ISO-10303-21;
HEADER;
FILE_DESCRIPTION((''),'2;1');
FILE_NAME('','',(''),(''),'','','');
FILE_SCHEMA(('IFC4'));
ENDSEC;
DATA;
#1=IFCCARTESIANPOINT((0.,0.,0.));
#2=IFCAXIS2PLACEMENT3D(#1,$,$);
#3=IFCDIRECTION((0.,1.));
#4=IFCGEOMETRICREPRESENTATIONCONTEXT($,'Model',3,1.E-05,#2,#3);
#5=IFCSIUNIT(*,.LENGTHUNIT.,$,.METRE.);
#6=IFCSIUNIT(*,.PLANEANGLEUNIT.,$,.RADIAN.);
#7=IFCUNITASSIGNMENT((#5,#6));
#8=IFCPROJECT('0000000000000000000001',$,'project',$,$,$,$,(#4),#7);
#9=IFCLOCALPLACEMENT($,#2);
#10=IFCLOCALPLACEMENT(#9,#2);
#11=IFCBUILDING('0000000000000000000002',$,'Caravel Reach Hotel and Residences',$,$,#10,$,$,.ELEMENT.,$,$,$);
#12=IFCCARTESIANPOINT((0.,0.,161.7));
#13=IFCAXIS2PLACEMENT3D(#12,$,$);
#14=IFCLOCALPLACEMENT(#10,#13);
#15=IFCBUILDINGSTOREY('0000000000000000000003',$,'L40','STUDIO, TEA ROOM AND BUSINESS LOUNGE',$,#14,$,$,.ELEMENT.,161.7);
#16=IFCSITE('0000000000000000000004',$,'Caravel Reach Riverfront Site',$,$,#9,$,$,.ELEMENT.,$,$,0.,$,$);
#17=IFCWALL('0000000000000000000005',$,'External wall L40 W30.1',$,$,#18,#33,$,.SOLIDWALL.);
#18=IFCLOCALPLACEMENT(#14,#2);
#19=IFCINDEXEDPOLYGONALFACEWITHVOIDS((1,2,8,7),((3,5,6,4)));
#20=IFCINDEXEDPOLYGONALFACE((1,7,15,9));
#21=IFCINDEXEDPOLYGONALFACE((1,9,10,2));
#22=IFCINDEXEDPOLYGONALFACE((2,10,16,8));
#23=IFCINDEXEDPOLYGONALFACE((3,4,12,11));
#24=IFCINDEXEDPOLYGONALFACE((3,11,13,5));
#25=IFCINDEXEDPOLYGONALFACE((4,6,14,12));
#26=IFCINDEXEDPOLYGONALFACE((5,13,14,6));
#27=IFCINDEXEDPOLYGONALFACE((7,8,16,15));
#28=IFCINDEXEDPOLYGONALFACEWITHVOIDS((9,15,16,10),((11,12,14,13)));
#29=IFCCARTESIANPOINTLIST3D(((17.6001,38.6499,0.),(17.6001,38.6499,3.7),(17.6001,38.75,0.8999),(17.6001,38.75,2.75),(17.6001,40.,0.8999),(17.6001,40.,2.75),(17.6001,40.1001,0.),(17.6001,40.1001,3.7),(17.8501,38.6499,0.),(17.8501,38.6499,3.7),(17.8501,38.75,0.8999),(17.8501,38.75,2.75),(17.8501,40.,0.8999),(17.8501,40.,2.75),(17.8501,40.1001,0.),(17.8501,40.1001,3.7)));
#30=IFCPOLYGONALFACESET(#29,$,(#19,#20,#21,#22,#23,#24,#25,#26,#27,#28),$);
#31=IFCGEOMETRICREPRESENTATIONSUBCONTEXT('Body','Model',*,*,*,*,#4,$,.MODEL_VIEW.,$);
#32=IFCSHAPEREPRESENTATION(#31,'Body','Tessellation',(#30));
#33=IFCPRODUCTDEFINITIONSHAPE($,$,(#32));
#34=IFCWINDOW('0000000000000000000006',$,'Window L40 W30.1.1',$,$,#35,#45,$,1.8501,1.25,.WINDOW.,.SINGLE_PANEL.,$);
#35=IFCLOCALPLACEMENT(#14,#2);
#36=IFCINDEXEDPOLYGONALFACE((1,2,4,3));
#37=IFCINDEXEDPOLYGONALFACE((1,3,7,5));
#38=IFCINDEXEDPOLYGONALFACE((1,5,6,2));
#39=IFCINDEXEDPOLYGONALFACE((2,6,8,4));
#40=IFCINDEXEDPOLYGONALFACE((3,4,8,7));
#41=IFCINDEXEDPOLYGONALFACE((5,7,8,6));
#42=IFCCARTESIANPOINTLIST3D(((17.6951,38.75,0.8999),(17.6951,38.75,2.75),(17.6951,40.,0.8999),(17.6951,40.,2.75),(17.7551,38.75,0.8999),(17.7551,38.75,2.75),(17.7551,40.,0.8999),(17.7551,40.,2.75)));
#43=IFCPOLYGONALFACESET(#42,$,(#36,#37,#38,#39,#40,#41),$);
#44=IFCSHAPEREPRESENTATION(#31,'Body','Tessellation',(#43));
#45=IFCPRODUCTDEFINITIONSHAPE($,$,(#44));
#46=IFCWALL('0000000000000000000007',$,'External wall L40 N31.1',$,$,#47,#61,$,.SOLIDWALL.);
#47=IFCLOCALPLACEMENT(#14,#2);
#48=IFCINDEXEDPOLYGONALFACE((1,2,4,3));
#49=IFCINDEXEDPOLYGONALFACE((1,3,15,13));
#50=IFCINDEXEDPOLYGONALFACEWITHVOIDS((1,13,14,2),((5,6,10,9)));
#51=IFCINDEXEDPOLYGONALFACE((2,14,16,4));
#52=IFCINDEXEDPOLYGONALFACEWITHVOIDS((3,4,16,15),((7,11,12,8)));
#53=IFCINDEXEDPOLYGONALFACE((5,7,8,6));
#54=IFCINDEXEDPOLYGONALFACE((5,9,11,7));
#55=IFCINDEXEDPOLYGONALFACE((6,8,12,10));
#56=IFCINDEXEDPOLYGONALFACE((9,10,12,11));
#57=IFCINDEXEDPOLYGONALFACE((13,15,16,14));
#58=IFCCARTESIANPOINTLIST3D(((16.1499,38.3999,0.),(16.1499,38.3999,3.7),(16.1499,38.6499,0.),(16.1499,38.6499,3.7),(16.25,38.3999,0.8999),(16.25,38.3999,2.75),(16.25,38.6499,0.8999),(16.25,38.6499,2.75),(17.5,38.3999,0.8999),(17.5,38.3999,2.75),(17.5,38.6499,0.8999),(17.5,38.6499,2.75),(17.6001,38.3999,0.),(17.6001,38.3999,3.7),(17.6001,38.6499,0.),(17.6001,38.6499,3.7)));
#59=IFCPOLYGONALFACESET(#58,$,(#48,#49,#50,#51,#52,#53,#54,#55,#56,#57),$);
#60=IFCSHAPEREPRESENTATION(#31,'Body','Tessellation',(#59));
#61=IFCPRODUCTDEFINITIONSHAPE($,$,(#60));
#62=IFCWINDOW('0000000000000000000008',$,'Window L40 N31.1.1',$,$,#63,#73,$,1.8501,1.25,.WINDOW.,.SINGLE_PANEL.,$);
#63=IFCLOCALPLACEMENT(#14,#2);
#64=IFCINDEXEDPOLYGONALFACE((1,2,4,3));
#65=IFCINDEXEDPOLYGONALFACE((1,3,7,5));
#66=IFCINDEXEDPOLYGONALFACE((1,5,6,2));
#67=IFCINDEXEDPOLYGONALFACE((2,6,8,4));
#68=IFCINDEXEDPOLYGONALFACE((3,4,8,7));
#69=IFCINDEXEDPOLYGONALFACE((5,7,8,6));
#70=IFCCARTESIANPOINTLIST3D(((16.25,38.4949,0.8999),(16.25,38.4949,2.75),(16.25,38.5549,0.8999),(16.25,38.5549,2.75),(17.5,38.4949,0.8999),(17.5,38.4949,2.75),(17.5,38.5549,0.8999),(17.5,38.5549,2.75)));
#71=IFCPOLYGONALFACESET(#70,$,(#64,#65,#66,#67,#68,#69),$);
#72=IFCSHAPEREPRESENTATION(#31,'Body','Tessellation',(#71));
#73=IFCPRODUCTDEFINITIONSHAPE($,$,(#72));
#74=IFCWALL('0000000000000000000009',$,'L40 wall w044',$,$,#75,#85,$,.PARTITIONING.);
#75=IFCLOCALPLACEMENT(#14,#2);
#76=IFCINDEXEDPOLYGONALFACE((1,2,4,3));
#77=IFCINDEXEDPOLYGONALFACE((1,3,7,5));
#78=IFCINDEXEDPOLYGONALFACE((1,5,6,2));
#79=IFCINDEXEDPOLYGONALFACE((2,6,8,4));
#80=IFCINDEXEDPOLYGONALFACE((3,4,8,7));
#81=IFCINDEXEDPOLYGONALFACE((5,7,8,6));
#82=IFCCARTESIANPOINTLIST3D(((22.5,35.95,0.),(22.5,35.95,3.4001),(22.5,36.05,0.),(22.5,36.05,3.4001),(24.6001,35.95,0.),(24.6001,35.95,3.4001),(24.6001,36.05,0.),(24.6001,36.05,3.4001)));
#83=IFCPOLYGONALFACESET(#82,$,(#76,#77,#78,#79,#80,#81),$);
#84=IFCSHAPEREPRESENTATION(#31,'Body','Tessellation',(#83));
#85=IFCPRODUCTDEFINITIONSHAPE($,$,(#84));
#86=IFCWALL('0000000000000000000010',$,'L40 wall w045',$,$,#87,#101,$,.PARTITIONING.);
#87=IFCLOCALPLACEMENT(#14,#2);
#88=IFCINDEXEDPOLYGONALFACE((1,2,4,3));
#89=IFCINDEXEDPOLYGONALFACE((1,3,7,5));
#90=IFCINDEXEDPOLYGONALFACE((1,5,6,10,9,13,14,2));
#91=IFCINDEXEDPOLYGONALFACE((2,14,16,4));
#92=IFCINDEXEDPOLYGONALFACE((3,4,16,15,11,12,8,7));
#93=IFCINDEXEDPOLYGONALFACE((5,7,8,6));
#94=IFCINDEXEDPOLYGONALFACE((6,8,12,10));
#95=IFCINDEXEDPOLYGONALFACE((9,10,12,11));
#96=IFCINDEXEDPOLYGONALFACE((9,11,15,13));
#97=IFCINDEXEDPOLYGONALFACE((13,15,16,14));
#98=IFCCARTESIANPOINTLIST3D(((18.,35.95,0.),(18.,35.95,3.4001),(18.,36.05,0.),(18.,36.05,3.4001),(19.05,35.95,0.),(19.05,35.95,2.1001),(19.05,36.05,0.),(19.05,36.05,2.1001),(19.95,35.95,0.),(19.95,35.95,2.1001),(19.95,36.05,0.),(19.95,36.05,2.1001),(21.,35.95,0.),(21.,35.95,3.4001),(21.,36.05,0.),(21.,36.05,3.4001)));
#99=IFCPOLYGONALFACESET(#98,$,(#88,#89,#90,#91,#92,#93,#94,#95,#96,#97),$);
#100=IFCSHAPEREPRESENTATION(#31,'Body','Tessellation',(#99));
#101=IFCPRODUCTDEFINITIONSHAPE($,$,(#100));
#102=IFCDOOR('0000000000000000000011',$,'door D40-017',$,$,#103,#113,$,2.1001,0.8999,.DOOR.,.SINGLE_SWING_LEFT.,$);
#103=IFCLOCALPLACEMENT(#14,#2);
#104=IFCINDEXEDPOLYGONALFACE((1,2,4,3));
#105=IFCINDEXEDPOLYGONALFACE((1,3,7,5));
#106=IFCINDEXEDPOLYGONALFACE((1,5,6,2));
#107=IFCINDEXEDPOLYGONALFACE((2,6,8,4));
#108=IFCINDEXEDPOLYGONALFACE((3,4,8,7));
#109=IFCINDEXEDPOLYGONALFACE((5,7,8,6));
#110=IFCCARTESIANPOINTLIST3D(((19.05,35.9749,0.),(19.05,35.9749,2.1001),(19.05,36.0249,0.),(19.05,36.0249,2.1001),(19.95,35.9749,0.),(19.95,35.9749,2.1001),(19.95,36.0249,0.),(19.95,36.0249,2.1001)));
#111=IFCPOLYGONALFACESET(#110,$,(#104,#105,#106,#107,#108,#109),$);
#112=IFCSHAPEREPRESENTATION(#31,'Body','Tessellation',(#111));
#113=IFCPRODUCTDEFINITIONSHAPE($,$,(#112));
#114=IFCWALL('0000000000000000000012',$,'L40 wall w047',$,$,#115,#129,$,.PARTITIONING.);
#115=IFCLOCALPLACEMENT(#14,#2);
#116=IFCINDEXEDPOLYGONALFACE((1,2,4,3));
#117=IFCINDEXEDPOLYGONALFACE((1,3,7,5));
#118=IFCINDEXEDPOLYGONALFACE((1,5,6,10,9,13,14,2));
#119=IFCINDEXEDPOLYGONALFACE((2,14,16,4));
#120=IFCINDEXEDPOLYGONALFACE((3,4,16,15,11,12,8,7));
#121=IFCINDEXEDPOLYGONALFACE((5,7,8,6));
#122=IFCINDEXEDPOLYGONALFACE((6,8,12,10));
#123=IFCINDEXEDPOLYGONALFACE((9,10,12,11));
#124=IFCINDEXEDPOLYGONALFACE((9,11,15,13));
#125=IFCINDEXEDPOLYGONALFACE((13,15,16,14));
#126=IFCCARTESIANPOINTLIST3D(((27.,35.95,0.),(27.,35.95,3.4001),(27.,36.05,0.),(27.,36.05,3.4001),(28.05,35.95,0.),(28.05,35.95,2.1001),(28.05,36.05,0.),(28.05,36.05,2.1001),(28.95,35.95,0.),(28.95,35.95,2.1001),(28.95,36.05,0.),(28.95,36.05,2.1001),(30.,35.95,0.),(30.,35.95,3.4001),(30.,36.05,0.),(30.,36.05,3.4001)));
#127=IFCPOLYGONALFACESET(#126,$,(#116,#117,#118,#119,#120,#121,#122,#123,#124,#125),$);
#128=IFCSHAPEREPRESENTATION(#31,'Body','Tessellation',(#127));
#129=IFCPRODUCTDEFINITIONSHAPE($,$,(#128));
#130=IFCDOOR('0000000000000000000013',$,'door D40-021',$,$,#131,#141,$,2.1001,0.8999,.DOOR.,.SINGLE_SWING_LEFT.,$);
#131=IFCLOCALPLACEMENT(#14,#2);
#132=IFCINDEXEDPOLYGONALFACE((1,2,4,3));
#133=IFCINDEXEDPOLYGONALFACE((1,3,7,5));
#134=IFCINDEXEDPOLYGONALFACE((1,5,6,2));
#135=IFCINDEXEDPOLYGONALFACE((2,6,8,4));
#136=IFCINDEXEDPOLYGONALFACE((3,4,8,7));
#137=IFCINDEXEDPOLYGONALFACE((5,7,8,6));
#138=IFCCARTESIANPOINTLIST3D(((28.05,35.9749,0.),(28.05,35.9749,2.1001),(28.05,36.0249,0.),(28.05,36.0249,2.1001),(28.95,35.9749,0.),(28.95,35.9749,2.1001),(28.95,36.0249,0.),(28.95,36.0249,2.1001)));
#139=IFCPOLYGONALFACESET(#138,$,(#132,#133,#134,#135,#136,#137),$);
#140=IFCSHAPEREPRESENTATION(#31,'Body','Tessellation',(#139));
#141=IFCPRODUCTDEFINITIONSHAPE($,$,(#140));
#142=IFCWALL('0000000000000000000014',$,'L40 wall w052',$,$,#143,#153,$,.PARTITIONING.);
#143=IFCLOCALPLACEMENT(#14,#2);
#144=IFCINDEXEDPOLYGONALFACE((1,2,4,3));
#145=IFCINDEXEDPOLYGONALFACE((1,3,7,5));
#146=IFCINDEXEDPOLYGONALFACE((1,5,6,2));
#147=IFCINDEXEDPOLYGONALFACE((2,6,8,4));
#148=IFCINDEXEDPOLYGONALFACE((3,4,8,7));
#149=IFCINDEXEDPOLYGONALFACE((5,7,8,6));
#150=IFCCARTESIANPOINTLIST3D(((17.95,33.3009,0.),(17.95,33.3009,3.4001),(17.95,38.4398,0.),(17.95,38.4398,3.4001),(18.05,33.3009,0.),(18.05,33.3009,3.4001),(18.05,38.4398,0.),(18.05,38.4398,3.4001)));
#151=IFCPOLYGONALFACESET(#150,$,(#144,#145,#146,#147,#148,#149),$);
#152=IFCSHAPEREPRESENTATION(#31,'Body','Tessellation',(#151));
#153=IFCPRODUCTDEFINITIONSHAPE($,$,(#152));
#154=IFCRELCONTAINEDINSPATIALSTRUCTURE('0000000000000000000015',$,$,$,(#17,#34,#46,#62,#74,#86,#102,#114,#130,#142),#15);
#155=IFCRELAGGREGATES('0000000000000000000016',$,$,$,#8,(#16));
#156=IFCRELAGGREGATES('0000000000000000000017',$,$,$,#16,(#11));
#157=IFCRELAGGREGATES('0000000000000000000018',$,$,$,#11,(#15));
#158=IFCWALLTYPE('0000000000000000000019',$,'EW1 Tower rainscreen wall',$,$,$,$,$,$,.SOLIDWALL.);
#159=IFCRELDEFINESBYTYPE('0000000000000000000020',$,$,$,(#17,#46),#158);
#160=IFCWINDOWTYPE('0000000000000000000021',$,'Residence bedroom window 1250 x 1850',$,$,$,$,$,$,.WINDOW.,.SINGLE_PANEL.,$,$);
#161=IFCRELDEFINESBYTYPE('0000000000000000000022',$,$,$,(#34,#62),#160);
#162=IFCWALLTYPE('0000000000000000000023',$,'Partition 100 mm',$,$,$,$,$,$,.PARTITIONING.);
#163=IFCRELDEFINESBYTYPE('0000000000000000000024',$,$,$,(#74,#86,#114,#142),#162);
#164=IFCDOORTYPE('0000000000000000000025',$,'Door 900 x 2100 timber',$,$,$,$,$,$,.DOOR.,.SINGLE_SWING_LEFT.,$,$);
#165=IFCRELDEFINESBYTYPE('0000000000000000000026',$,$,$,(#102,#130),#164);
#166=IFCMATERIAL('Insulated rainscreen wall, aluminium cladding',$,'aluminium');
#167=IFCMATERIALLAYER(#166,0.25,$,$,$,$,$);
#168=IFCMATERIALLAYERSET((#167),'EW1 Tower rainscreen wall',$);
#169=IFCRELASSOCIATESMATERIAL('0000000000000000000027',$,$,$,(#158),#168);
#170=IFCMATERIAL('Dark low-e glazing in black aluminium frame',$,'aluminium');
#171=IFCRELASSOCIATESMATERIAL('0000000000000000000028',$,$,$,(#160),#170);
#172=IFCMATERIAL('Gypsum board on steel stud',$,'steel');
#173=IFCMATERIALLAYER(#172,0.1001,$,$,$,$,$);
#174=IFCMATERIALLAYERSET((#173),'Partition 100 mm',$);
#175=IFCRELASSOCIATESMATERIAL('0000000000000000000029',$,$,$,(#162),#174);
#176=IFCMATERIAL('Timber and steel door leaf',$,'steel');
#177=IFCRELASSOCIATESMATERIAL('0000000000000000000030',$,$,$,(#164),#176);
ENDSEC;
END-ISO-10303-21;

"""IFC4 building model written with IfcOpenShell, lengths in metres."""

from ifc_helpers import new_model, si_unit, direction, frame, frame_2d, origin, place, context, subcontext, project, spatial, rectangle, extrude, material, layer, layer_set, type_object, element, fill, save


model = new_model("IFC4")

# Units and contexts
model_context = context("Model", 3, precision=1e-05, world=origin(), true_north=direction((0.0, 1.0)))
body_context = subcontext(model_context, "Body", "Model", "MODEL_VIEW")
ifc_project = project(units=[si_unit("LENGTHUNIT", "METRE"), si_unit("PLANEANGLEUNIT", "RADIAN")], contexts=[model_context])

# Site, building, storey
site_placement = place(None, origin())
site = spatial("IfcSite", under=ifc_project, at=site_placement, Name="Caravel Reach Riverfront Site", CompositionType="ELEMENT", RefElevation=0.0)
building_placement = place(site_placement, origin())
building = spatial("IfcBuilding", under=site, at=building_placement, Name="Caravel Reach Hotel and Residences", CompositionType="ELEMENT")
storey_placement = place(building_placement, frame((0.0, 0.0, 161.7)))
storey = spatial("IfcBuildingStorey", under=building, at=storey_placement, Name="L40", Description="STUDIO, TEA ROOM AND BUSINESS LOUNGE", CompositionType="ELEMENT", Elevation=161.7)

# Shared definitions
ifc_material_1 = material(Name="Insulated rainscreen wall, aluminium cladding", Category="aluminium")
ifc_layer_1 = layer(ifc_material_1, 0.25)
ifc_layer_set_1 = layer_set([ifc_layer_1], Name="EW1 Tower rainscreen wall")
wall_type_1 = type_object("IfcWallType", Name="EW1 Tower rainscreen wall", PredefinedType="SOLIDWALL", material=ifc_layer_set_1)

# Walls, openings, windows
wall_1_placement = place(storey_placement, frame((17.7251, 40.1001, 0.0), z_axis=(0.0, 0.0, 1.0), x_axis=(0.0, -1.0, 0.0)))
wall_1 = element("IfcWall", 1, at=wall_1_placement, inside=storey, type_object=wall_type_1, Name="External wall L40 W30.1", PredefinedType="SOLIDWALL", context=body_context, shape_type="SweptSolid", body=[
    extrude(rectangle(XDim=1.4502, YDim=0.25, at=frame_2d((0.7251, 0.0))), origin(), (0.0, 0.0, 1.0), 3.7),
])
opening_1_placement = place(wall_1_placement, frame((0.1001, 0.0, 0.8999)))
opening_1 = element("IfcOpeningElement", 2, at=opening_1_placement, cuts=wall_1, PredefinedType="OPENING", context=body_context, shape_type="SweptSolid", body=[
    extrude(rectangle(XDim=1.25, YDim=1.8501, at=frame_2d((0.625, 0.925))), frame((0.0, 0.135, 0.0), z_axis=(0.0, -1.0, 0.0), x_axis=(1.0, 0.0, 0.0)), (0.0, 0.0, 1.0), 0.27),
])
ifc_material_2 = material(Name="Dark low-e glazing in black aluminium frame", Category="aluminium")
window_type_1 = type_object("IfcWindowType", Name="Residence bedroom window 1250 x 1850", PartitioningType="SINGLE_PANEL", PredefinedType="WINDOW", material=ifc_material_2)
window_1_placement = place(opening_1_placement, origin())
window_1 = element("IfcWindow", 3, at=window_1_placement, inside=storey, type_object=window_type_1, Name="Window L40 W30.1.1", OverallHeight=1.8501, OverallWidth=1.25, PartitioningType="SINGLE_PANEL", PredefinedType="WINDOW", context=body_context, shape_type="SweptSolid", body=[
    extrude(rectangle(XDim=1.25, YDim=1.8501, at=frame_2d((0.625, 0.925))), frame((0.0, 0.03, 0.0), z_axis=(0.0, -1.0, 0.0), x_axis=(1.0, 0.0, 0.0)), (0.0, 0.0, 1.0), 0.0601),
])
fill(opening_1, window_1)
wall_2_placement = place(storey_placement, frame((17.6001, 38.5249, 0.0), z_axis=(0.0, 0.0, 1.0), x_axis=(-1.0, 0.0, 0.0)))
wall_2 = element("IfcWall", 4, at=wall_2_placement, inside=storey, type_object=wall_type_1, Name="External wall L40 N31.1", PredefinedType="SOLIDWALL", context=body_context, shape_type="SweptSolid", body=[
    extrude(rectangle(XDim=1.4502, YDim=0.25, at=frame_2d((0.7251, 0.0))), origin(), (0.0, 0.0, 1.0), 3.7),
])
opening_2_placement = place(wall_2_placement, frame((0.1001, 0.0, 0.8999)))
opening_2 = element("IfcOpeningElement", 5, at=opening_2_placement, cuts=wall_2, PredefinedType="OPENING", context=body_context, shape_type="SweptSolid", body=[
    extrude(rectangle(XDim=1.25, YDim=1.8501, at=frame_2d((0.625, 0.925))), frame((0.0, 0.135, 0.0), z_axis=(0.0, -1.0, 0.0), x_axis=(1.0, 0.0, 0.0)), (0.0, 0.0, 1.0), 0.27),
])
window_2_placement = place(opening_2_placement, origin())
window_2 = element("IfcWindow", 6, at=window_2_placement, inside=storey, type_object=window_type_1, Name="Window L40 N31.1.1", OverallHeight=1.8501, OverallWidth=1.25, PartitioningType="SINGLE_PANEL", PredefinedType="WINDOW", context=body_context, shape_type="SweptSolid", body=[
    extrude(rectangle(XDim=1.25, YDim=1.8501, at=frame_2d((0.625, 0.925))), frame((0.0, 0.03, 0.0), z_axis=(0.0, -1.0, 0.0), x_axis=(1.0, 0.0, 0.0)), (0.0, 0.0, 1.0), 0.0601),
])
fill(opening_2, window_2)

# Wall
ifc_material_3 = material(Name="Gypsum board on steel stud", Category="steel")
ifc_layer_2 = layer(ifc_material_3, 0.1001)
ifc_layer_set_2 = layer_set([ifc_layer_2], Name="Partition 100 mm")
wall_type_2 = type_object("IfcWallType", Name="Partition 100 mm", PredefinedType="PARTITIONING", material=ifc_layer_set_2)
wall_3_placement = place(storey_placement, frame((22.5, 36.0, 0.0), z_axis=(0.0, 0.0, 1.0), x_axis=(1.0, 0.0, 0.0)))
element("IfcWall", 7, at=wall_3_placement, inside=storey, type_object=wall_type_2, Name="L40 wall w044", PredefinedType="PARTITIONING", context=body_context, shape_type="SweptSolid", body=[
    extrude(rectangle(XDim=2.1001, YDim=0.1001, at=frame_2d((1.05, 0.0))), origin(), (0.0, 0.0, 1.0), 3.4001),
])

# Walls, openings, doors
wall_4_placement = place(storey_placement, frame((18.0, 36.0, 0.0), z_axis=(0.0, 0.0, 1.0), x_axis=(1.0, 0.0, 0.0)))
wall_4 = element("IfcWall", 8, at=wall_4_placement, inside=storey, type_object=wall_type_2, Name="L40 wall w045", PredefinedType="PARTITIONING", context=body_context, shape_type="SweptSolid", body=[
    extrude(rectangle(XDim=3.0, YDim=0.1001, at=frame_2d((1.5, 0.0))), origin(), (0.0, 0.0, 1.0), 3.4001),
])
opening_3_placement = place(wall_4_placement, frame((1.05, 0.0, 0.0)))
opening_3 = element("IfcOpeningElement", 9, at=opening_3_placement, cuts=wall_4, PredefinedType="OPENING", context=body_context, shape_type="SweptSolid", body=[
    extrude(rectangle(XDim=0.8999, YDim=2.1001, at=frame_2d((0.45, 1.05))), frame((0.0, 0.0601, 0.0), z_axis=(0.0, -1.0, 0.0), x_axis=(1.0, 0.0, 0.0)), (0.0, 0.0, 1.0), 0.1201),
])
ifc_material_4 = material(Name="Timber and steel door leaf", Category="steel")
door_type = type_object("IfcDoorType", Name="Door 900 x 2100 timber", OperationType="SINGLE_SWING_LEFT", PredefinedType="DOOR", material=ifc_material_4)
door_1_placement = place(opening_3_placement, origin())
door_1 = element("IfcDoor", 10, at=door_1_placement, inside=storey, type_object=door_type, Name="door D40-017", OperationType="SINGLE_SWING_LEFT", OverallHeight=2.1001, OverallWidth=0.8999, PredefinedType="DOOR", context=body_context, shape_type="SweptSolid", body=[
    extrude(rectangle(XDim=0.8999, YDim=2.1001, at=frame_2d((0.45, 1.05))), frame((0.0, 0.0249, 0.0), z_axis=(0.0, -1.0, 0.0), x_axis=(1.0, 0.0, 0.0)), (0.0, 0.0, 1.0), 0.05),
])
fill(opening_3, door_1)
wall_5_placement = place(storey_placement, frame((27.0, 36.0, 0.0), z_axis=(0.0, 0.0, 1.0), x_axis=(1.0, 0.0, 0.0)))
wall_5 = element("IfcWall", 11, at=wall_5_placement, inside=storey, type_object=wall_type_2, Name="L40 wall w047", PredefinedType="PARTITIONING", context=body_context, shape_type="SweptSolid", body=[
    extrude(rectangle(XDim=3.0, YDim=0.1001, at=frame_2d((1.5, 0.0))), origin(), (0.0, 0.0, 1.0), 3.4001),
])
opening_4_placement = place(wall_5_placement, frame((1.05, 0.0, 0.0)))
opening_4 = element("IfcOpeningElement", 12, at=opening_4_placement, cuts=wall_5, PredefinedType="OPENING", context=body_context, shape_type="SweptSolid", body=[
    extrude(rectangle(XDim=0.8999, YDim=2.1001, at=frame_2d((0.45, 1.05))), frame((0.0, 0.0601, 0.0), z_axis=(0.0, -1.0, 0.0), x_axis=(1.0, 0.0, 0.0)), (0.0, 0.0, 1.0), 0.1201),
])
door_2_placement = place(opening_4_placement, origin())
door_2 = element("IfcDoor", 13, at=door_2_placement, inside=storey, type_object=door_type, Name="door D40-021", OperationType="SINGLE_SWING_LEFT", OverallHeight=2.1001, OverallWidth=0.8999, PredefinedType="DOOR", context=body_context, shape_type="SweptSolid", body=[
    extrude(rectangle(XDim=0.8999, YDim=2.1001, at=frame_2d((0.45, 1.05))), frame((0.0, 0.0249, 0.0), z_axis=(0.0, -1.0, 0.0), x_axis=(1.0, 0.0, 0.0)), (0.0, 0.0, 1.0), 0.05),
])
fill(opening_4, door_2)

# Wall
wall_6_placement = place(storey_placement, frame((18.0, 33.301, 0.0), z_axis=(0.0, 0.0, 1.0), x_axis=(0.0, 1.0, 0.0)))
element("IfcWall", 14, at=wall_6_placement, inside=storey, type_object=wall_type_2, Name="L40 wall w052", PredefinedType="PARTITIONING", context=body_context, shape_type="SweptSolid", body=[
    extrude(rectangle(XDim=5.1389, YDim=0.1001, at=frame_2d((2.5693, 0.0))), origin(), (0.0, 0.0, 1.0), 3.4001),
])

save(model, "model.ifc")
